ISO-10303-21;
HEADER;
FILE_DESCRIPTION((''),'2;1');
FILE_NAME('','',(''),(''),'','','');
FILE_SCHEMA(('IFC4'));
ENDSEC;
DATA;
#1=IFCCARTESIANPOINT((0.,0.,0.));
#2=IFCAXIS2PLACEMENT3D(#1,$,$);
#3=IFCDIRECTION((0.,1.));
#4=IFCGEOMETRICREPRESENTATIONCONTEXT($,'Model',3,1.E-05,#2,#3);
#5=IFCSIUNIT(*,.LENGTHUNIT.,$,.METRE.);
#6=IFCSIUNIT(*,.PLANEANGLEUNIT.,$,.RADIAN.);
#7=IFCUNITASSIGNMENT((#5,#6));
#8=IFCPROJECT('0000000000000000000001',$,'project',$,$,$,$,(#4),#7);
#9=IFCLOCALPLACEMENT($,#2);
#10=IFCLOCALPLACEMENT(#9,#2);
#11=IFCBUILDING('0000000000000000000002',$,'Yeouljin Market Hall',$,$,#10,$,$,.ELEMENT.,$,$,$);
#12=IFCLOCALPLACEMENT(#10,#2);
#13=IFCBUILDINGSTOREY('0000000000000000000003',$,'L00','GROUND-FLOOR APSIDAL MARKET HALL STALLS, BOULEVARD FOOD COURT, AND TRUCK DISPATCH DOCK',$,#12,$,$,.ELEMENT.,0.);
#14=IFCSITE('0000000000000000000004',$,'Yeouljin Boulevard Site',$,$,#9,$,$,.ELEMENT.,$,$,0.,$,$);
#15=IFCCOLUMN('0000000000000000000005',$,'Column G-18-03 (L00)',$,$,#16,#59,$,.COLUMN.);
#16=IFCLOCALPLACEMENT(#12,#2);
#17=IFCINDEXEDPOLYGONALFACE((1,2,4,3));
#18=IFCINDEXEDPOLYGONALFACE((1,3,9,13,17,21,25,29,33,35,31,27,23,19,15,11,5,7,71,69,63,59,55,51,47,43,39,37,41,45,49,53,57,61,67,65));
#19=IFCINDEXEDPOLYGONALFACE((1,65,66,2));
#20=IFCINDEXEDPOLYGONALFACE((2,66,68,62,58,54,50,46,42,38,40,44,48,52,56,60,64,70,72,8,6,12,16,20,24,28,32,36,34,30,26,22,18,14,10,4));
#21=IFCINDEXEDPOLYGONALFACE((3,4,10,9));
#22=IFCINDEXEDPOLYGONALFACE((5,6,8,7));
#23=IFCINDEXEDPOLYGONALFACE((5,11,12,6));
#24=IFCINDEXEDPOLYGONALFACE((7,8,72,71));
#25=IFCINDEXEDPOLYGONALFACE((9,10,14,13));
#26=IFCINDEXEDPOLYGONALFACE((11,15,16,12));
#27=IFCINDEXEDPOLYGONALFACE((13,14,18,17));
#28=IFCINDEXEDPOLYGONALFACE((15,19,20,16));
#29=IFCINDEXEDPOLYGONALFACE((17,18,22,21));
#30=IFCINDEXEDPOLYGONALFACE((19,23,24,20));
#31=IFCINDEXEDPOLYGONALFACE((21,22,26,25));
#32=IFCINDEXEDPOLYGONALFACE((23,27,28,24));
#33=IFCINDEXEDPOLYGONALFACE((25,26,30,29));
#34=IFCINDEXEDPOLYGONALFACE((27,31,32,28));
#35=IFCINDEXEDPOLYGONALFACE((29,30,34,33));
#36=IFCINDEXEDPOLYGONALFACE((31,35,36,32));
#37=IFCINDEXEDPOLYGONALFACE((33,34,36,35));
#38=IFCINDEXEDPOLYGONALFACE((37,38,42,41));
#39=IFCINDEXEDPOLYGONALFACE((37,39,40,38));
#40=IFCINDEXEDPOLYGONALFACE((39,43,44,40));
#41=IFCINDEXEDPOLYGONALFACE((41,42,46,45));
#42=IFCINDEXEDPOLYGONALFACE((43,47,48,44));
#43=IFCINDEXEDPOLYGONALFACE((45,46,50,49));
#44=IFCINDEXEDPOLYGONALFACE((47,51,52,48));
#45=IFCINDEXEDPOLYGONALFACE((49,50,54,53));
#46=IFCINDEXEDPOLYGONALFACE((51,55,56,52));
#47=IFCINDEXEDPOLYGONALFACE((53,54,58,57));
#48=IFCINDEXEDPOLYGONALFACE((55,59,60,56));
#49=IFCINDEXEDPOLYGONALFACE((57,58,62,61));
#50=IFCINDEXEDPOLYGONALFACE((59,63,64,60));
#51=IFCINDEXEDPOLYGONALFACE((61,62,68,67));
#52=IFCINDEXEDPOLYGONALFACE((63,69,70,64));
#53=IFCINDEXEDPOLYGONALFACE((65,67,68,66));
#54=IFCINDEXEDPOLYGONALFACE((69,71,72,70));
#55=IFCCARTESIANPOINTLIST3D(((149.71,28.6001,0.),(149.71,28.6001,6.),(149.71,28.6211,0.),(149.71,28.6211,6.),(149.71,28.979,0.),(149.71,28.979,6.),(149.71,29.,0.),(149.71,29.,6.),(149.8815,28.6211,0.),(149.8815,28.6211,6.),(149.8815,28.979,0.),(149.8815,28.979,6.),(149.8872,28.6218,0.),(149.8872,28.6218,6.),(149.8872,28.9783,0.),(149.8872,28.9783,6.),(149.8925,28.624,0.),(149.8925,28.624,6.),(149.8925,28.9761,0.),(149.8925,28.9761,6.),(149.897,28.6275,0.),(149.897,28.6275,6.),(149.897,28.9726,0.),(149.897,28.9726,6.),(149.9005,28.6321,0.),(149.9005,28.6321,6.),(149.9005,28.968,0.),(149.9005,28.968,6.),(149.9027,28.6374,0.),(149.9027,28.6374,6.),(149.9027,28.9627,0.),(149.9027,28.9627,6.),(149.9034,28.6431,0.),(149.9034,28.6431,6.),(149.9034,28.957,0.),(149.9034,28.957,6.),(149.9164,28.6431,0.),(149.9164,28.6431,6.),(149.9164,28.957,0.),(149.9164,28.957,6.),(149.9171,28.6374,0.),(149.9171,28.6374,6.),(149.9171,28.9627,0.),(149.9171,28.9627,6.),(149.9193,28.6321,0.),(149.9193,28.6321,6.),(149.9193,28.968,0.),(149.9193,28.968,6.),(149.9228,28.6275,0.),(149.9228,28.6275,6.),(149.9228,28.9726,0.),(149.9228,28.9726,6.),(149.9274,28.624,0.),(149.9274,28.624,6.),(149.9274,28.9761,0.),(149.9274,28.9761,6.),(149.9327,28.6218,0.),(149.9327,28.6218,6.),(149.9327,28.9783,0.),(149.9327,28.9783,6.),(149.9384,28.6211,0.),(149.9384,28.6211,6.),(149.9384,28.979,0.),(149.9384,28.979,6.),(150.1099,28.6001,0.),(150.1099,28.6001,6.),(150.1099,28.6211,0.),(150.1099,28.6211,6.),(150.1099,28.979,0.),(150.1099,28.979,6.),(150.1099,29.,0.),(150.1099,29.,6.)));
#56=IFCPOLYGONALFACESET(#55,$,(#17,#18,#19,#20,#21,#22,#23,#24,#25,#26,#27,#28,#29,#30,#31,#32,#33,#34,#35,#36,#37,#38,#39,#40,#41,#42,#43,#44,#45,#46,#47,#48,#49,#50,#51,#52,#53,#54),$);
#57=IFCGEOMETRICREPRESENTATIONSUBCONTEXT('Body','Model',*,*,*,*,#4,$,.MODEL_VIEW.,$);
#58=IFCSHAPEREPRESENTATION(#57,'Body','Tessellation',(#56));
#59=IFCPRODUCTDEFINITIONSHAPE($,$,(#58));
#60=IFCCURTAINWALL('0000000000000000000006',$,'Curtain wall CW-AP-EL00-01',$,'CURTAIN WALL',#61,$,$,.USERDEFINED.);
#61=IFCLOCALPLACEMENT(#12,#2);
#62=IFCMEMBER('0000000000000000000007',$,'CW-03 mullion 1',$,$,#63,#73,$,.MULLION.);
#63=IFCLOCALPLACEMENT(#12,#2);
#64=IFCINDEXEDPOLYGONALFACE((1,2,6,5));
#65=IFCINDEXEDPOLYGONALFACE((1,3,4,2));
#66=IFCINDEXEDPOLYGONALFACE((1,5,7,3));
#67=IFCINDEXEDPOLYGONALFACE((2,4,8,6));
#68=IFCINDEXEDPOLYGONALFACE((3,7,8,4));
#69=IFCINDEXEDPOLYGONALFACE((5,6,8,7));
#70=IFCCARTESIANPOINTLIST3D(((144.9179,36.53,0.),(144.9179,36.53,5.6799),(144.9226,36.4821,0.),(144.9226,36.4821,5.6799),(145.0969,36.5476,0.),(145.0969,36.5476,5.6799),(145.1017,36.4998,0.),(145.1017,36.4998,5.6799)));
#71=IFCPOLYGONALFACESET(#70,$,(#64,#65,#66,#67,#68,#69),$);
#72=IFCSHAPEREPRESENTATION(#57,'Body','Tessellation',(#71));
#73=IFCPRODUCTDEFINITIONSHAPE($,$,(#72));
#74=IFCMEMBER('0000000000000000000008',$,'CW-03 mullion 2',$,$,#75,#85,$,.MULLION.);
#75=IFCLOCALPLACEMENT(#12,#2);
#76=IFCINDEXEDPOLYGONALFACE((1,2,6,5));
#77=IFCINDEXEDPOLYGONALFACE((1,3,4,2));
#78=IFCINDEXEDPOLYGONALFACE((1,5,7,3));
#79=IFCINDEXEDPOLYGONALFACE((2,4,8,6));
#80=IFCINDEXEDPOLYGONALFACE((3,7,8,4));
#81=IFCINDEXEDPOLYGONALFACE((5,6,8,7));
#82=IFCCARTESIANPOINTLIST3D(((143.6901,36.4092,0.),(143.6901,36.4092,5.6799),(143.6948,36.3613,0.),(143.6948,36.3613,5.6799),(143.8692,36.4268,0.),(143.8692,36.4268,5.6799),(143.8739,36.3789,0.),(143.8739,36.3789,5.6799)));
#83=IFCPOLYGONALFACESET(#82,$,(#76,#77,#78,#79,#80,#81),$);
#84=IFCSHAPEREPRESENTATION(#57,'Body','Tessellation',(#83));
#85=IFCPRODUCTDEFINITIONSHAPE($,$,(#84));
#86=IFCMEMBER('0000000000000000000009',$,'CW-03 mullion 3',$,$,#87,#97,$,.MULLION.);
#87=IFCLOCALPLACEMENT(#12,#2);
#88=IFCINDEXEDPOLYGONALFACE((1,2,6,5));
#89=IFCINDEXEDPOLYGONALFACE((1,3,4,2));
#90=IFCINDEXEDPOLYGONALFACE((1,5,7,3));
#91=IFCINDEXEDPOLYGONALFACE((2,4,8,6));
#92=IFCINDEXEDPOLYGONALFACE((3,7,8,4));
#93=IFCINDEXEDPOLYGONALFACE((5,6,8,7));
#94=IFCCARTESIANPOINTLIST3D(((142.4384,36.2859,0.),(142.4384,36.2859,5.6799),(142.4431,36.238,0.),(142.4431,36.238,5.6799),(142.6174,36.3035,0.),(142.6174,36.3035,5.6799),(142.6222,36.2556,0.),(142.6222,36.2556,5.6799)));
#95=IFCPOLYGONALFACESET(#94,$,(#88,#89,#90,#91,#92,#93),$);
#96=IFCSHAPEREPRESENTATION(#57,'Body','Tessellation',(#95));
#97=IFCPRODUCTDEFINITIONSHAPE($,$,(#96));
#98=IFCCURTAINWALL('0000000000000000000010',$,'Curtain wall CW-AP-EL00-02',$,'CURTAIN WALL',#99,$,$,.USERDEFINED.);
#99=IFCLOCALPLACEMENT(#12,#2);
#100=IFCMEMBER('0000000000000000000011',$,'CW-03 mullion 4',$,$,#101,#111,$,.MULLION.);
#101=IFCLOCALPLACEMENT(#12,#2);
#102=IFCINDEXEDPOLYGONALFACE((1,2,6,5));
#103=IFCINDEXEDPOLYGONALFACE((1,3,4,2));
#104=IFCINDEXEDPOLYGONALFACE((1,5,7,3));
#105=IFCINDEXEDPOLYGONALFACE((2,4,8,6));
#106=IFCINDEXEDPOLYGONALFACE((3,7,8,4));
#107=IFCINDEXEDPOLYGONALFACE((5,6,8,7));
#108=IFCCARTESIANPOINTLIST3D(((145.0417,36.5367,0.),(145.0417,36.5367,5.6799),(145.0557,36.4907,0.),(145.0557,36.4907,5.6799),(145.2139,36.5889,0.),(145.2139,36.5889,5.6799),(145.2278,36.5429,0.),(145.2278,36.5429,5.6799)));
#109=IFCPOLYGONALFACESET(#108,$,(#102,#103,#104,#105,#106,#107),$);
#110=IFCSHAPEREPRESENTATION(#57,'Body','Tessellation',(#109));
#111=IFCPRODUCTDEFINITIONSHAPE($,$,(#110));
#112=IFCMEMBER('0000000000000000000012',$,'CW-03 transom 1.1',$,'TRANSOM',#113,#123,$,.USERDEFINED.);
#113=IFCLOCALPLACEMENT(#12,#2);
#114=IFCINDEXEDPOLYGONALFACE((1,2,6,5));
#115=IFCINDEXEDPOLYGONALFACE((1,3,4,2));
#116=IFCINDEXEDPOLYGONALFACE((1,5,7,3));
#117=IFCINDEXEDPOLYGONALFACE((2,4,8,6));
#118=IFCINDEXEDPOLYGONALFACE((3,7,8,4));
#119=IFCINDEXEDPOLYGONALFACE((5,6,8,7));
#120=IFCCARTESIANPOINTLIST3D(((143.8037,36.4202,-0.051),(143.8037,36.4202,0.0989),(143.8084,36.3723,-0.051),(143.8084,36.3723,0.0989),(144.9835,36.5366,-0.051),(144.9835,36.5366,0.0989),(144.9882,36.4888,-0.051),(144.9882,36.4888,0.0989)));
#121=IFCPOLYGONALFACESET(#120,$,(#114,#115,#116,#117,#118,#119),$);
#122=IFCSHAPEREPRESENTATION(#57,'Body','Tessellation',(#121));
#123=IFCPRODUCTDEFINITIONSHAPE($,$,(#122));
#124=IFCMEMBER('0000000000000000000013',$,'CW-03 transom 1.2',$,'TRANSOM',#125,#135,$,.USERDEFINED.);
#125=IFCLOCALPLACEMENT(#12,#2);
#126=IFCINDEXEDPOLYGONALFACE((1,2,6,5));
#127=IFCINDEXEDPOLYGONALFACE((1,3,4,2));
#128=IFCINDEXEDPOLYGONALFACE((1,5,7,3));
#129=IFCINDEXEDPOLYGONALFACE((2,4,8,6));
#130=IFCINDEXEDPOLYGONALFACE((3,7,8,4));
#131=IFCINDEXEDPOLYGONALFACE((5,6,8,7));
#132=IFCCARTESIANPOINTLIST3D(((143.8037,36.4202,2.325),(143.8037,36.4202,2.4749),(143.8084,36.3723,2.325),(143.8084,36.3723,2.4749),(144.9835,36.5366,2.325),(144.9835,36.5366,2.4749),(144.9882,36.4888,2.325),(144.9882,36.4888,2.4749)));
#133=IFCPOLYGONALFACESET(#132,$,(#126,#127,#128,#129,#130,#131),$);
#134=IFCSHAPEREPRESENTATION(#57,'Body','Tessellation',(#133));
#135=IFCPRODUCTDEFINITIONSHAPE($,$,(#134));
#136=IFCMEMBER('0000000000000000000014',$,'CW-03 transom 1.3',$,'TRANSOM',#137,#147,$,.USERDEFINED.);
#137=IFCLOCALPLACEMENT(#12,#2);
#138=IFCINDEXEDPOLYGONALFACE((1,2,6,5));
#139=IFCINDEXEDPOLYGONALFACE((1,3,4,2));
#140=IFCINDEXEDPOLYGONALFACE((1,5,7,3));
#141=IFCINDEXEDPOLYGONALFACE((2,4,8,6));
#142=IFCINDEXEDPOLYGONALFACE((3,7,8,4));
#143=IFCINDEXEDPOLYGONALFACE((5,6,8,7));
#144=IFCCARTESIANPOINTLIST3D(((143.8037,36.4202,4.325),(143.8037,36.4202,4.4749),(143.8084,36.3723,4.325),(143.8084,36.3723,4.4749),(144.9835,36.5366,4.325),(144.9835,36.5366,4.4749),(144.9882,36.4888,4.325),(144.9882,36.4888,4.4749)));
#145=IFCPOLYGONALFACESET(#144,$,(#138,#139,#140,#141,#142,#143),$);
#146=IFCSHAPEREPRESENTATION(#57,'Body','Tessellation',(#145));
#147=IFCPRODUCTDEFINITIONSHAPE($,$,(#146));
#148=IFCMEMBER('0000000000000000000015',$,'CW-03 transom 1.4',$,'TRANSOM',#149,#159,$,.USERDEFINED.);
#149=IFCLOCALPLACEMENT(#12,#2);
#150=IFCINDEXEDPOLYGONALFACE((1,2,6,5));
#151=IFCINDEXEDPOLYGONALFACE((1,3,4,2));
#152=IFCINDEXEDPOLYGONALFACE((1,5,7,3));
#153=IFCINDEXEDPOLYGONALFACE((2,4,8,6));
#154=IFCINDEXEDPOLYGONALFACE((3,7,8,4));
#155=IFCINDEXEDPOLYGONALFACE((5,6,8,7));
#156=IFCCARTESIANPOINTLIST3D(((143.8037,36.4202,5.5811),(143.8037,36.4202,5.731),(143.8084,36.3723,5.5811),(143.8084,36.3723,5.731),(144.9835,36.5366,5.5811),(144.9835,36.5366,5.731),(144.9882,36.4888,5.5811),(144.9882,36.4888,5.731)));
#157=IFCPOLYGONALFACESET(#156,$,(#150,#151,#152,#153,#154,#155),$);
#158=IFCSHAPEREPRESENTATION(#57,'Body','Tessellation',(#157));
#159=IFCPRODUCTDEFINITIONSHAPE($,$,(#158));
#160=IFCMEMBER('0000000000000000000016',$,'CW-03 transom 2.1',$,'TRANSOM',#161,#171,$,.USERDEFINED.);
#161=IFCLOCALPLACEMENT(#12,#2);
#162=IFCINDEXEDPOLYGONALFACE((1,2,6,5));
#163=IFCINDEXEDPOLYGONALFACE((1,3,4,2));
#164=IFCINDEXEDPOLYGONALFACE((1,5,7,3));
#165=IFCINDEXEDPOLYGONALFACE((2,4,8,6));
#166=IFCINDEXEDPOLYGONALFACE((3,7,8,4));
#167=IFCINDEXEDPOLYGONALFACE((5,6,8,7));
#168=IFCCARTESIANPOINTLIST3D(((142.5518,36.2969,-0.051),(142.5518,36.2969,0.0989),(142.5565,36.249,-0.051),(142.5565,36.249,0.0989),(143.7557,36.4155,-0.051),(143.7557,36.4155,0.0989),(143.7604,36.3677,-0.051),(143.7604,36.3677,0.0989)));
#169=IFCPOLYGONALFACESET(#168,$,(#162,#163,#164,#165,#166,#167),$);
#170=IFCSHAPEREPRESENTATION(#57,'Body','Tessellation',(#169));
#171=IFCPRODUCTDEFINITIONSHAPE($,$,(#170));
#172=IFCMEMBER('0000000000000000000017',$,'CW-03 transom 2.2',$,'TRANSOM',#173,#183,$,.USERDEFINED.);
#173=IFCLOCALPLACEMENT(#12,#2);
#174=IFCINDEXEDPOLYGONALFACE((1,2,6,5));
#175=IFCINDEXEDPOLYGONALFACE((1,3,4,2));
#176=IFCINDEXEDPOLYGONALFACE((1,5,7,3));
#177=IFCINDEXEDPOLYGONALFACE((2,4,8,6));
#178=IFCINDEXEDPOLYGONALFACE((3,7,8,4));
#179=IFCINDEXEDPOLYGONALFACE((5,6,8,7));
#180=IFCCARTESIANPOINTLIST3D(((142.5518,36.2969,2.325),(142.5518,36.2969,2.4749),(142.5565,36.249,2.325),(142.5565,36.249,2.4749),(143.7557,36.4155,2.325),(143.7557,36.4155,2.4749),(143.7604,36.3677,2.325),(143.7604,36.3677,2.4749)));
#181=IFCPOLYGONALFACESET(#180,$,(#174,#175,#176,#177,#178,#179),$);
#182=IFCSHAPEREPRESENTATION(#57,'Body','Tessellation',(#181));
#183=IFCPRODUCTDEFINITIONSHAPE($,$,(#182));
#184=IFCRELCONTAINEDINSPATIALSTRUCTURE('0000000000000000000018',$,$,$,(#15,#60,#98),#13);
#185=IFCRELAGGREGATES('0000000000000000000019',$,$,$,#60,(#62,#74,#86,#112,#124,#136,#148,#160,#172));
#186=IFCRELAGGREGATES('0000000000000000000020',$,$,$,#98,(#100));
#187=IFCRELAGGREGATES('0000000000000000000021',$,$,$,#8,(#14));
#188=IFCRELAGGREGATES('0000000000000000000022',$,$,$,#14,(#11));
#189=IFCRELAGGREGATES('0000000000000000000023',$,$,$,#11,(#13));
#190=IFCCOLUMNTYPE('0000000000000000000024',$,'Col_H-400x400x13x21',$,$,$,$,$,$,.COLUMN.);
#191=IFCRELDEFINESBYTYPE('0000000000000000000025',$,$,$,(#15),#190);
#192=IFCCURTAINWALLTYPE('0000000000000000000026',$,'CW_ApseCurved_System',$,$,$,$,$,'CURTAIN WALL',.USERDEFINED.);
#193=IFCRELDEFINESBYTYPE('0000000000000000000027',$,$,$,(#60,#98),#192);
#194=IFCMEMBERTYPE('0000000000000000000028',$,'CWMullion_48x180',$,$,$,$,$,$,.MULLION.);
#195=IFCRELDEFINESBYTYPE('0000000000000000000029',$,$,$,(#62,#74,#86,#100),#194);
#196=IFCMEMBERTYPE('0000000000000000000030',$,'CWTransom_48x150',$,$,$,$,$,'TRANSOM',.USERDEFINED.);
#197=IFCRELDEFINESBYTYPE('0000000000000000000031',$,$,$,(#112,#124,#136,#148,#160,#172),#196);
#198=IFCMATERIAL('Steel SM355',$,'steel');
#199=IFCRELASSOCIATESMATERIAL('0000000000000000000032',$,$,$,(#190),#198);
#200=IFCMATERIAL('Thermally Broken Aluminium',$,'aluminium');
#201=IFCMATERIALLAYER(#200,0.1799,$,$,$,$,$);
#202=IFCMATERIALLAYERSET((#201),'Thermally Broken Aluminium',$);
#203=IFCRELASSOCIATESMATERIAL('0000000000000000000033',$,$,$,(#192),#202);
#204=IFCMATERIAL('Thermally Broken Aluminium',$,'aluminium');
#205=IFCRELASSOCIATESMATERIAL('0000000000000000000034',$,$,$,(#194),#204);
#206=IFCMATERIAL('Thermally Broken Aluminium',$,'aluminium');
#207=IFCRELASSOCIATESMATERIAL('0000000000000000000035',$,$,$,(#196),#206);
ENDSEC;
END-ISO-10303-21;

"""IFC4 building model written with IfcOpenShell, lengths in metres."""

from ifc_helpers import new_model, si_unit, direction, frame, origin, origin_2d, place, context, subcontext, project, spatial, rectangle, i_section, extrude, material, layer, layer_set, material_profile, profile_set, type_object, element, aggregate, save


model = new_model("IFC4")

# Units and contexts
model_context = context("Model", 3, precision=1e-05, world=origin(), true_north=direction((0.0, 1.0)))
body_context = subcontext(model_context, "Body", "Model", "MODEL_VIEW")
ifc_project = project(units=[si_unit("LENGTHUNIT", "METRE"), si_unit("PLANEANGLEUNIT", "RADIAN")], contexts=[model_context])

# Site, building, storey
site_placement = place(None, origin())
site = spatial("IfcSite", under=ifc_project, at=site_placement, Name="Yeouljin Boulevard Site", CompositionType="ELEMENT", RefElevation=0.0)
building_placement = place(site_placement, origin())
building = spatial("IfcBuilding", under=site, at=building_placement, Name="Yeouljin Market Hall", CompositionType="ELEMENT")
storey_placement = place(building_placement, origin())
storey = spatial("IfcBuildingStorey", under=building, at=storey_placement, Name="L00", Description="GROUND-FLOOR APSIDAL MARKET HALL STALLS, BOULEVARD FOOD COURT, AND TRUCK DISPATCH DOCK", CompositionType="ELEMENT", Elevation=0.0)

# Column
ifc_material_1 = material(Name="Steel SM355", Category="steel")
ifc_material_profile_1 = material_profile(ifc_material_1, i_section(OverallWidth=0.3999, OverallDepth=0.3999, WebThickness=0.0129, FlangeThickness=0.021, FilletRadius=0.022, at=origin_2d()), Name="H-400x400x13x21")
ifc_profile_set_1 = profile_set([ifc_material_profile_1], Name="Steel SM355")
column_type = type_object("IfcColumnType", Name="Col_H-400x400x13x21", PredefinedType="COLUMN", material=ifc_profile_set_1)
column_placement = place(storey_placement, frame((149.9099, 28.8, 0.0), z_axis=(0.0, 0.0, 1.0), x_axis=(1.0, 0.0, 0.0)))
element("IfcColumn", 1, at=column_placement, inside=storey, type_object=column_type, Name="Column G-18-03 (L00)", PredefinedType="COLUMN", context=body_context, shape_type="SweptSolid", body=[
    extrude(i_section(OverallWidth=0.3999, OverallDepth=0.3999, WebThickness=0.0129, FlangeThickness=0.021, FilletRadius=0.022, at=origin_2d()), origin(), (0.0, 0.0, 1.0), 6.0),
])

# Curtain wall, members
ifc_material_2 = material(Name="Thermally Broken Aluminium", Category="aluminium")
ifc_layer_1 = layer(ifc_material_2, 0.1799)
ifc_layer_set_1 = layer_set([ifc_layer_1], Name="Thermally Broken Aluminium")
curtain_wall_type = type_object("IfcCurtainWallType", Name="CW_ApseCurved_System", ElementType="CURTAIN WALL", PredefinedType="USERDEFINED", material=ifc_layer_set_1)
curtain_wall_1_placement = place(storey_placement, origin())
curtain_wall_1 = element("IfcCurtainWall", 2, at=curtain_wall_1_placement, inside=storey, type_object=curtain_wall_type, Name="Curtain wall CW-AP-EL00-01", ObjectType="CURTAIN WALL", PredefinedType="USERDEFINED")
ifc_material_3 = material(Name="Thermally Broken Aluminium", Category="aluminium")
ifc_material_profile_2 = material_profile(ifc_material_3, rectangle(XDim=0.0481, YDim=0.1799, at=origin_2d()), Name="CW-MULL-48x180")
ifc_profile_set_2 = profile_set([ifc_material_profile_2], Name="Thermally Broken Aluminium")
member_type_1 = type_object("IfcMemberType", Name="CWMullion_48x180", PredefinedType="MULLION", material=ifc_profile_set_2)
member_1_placement = place(storey_placement, frame((145.0098, 36.5149, 0.0), z_axis=(0.0, 0.0, 1.0), x_axis=(0.098034, -0.995183, 0.0)))
member_1 = element("IfcMember", 3, at=member_1_placement, type_object=member_type_1, Name="CW-03 mullion 1", PredefinedType="MULLION", context=body_context, shape_type="SweptSolid", body=[
    extrude(rectangle(XDim=0.0481, YDim=0.1799, at=origin_2d()), origin(), (0.0, 0.0, 1.0), 5.6799),
])
member_2_placement = place(storey_placement, frame((143.782, 36.394, 0.0), z_axis=(0.0, 0.0, 1.0), x_axis=(0.098034, -0.995183, 0.0)))
member_2 = element("IfcMember", 4, at=member_2_placement, type_object=member_type_1, Name="CW-03 mullion 2", PredefinedType="MULLION", context=body_context, shape_type="SweptSolid", body=[
    extrude(rectangle(XDim=0.0481, YDim=0.1799, at=origin_2d()), origin(), (0.0, 0.0, 1.0), 5.6799),
])
member_3_placement = place(storey_placement, frame((142.5303, 36.2708, 0.0), z_axis=(0.0, 0.0, 1.0), x_axis=(0.098034, -0.995183, 0.0)))
member_3 = element("IfcMember", 5, at=member_3_placement, type_object=member_type_1, Name="CW-03 mullion 3", PredefinedType="MULLION", context=body_context, shape_type="SweptSolid", body=[
    extrude(rectangle(XDim=0.0481, YDim=0.1799, at=origin_2d()), origin(), (0.0, 0.0, 1.0), 5.6799),
])

# Curtain wall, member
curtain_wall_2_placement = place(storey_placement, origin())
curtain_wall_2 = element("IfcCurtainWall", 6, at=curtain_wall_2_placement, inside=storey, type_object=curtain_wall_type, Name="Curtain wall CW-AP-EL00-02", ObjectType="CURTAIN WALL", PredefinedType="USERDEFINED")
member_4_placement = place(storey_placement, frame((145.1348, 36.5398, 0.0), z_axis=(0.0, 0.0, 1.0), x_axis=(0.290286, -0.95694, 0.0)))
member_4 = element("IfcMember", 7, at=member_4_placement, type_object=member_type_1, Name="CW-03 mullion 4", PredefinedType="MULLION", context=body_context, shape_type="SweptSolid", body=[
    extrude(rectangle(XDim=0.0481, YDim=0.1799, at=origin_2d()), origin(), (0.0, 0.0, 1.0), 5.6799),
])

# Members
ifc_material_4 = material(Name="Thermally Broken Aluminium", Category="aluminium")
ifc_material_profile_3 = material_profile(ifc_material_4, rectangle(XDim=0.0481, YDim=0.1499, at=origin_2d()), Name="CW-TRAN-48x150")
ifc_profile_set_3 = profile_set([ifc_material_profile_3], Name="Thermally Broken Aluminium")
member_type_2 = type_object("IfcMemberType", Name="CWTransom_48x150", ElementType="TRANSOM", PredefinedType="USERDEFINED", material=ifc_profile_set_3)
member_5_placement = place(storey_placement, frame((144.9858, 36.5127, 0.0239), z_axis=(-0.995165, -0.098219, 0.0), x_axis=(0.098219, -0.995165, 0.0)))
member_5 = element("IfcMember", 8, at=member_5_placement, type_object=member_type_2, Name="CW-03 transom 1.1", ObjectType="TRANSOM", PredefinedType="USERDEFINED", context=body_context, shape_type="SweptSolid", body=[
    extrude(rectangle(XDim=0.0481, YDim=0.1499, at=origin_2d()), origin(), (0.0, 0.0, 1.0), 1.1855),
])
member_6_placement = place(storey_placement, frame((144.9858, 36.5127, 2.3999), z_axis=(-0.995165, -0.098219, 0.0), x_axis=(0.098219, -0.995165, 0.0)))
member_6 = element("IfcMember", 9, at=member_6_placement, type_object=member_type_2, Name="CW-03 transom 1.2", ObjectType="TRANSOM", PredefinedType="USERDEFINED", context=body_context, shape_type="SweptSolid", body=[
    extrude(rectangle(XDim=0.0481, YDim=0.1499, at=origin_2d()), origin(), (0.0, 0.0, 1.0), 1.1855),
])
member_7_placement = place(storey_placement, frame((144.9858, 36.5127, 4.3999), z_axis=(-0.995165, -0.098219, 0.0), x_axis=(0.098219, -0.995165, 0.0)))
member_7 = element("IfcMember", 10, at=member_7_placement, type_object=member_type_2, Name="CW-03 transom 1.3", ObjectType="TRANSOM", PredefinedType="USERDEFINED", context=body_context, shape_type="SweptSolid", body=[
    extrude(rectangle(XDim=0.0481, YDim=0.1499, at=origin_2d()), origin(), (0.0, 0.0, 1.0), 1.1855),
])
member_8_placement = place(storey_placement, frame((144.9858, 36.5127, 5.656), z_axis=(-0.995165, -0.098219, 0.0), x_axis=(0.098219, -0.995165, 0.0)))
member_8 = element("IfcMember", 11, at=member_8_placement, type_object=member_type_2, Name="CW-03 transom 1.4", ObjectType="TRANSOM", PredefinedType="USERDEFINED", context=body_context, shape_type="SweptSolid", body=[
    extrude(rectangle(XDim=0.0481, YDim=0.1499, at=origin_2d()), origin(), (0.0, 0.0, 1.0), 1.1855),
])
member_9_placement = place(storey_placement, frame((143.7581, 36.3916, 0.0239), z_axis=(-0.995178, -0.098085, 0.0), x_axis=(0.098085, -0.995178, 0.0)))
member_9 = element("IfcMember", 12, at=member_9_placement, type_object=member_type_2, Name="CW-03 transom 2.1", ObjectType="TRANSOM", PredefinedType="USERDEFINED", context=body_context, shape_type="SweptSolid", body=[
    extrude(rectangle(XDim=0.0481, YDim=0.1499, at=origin_2d()), origin(), (0.0, 0.0, 1.0), 1.2097),
])
member_10_placement = place(storey_placement, frame((143.7581, 36.3916, 2.3999), z_axis=(-0.995178, -0.098085, 0.0), x_axis=(0.098085, -0.995178, 0.0)))
member_10 = element("IfcMember", 13, at=member_10_placement, type_object=member_type_2, Name="CW-03 transom 2.2", ObjectType="TRANSOM", PredefinedType="USERDEFINED", context=body_context, shape_type="SweptSolid", body=[
    extrude(rectangle(XDim=0.0481, YDim=0.1499, at=origin_2d()), origin(), (0.0, 0.0, 1.0), 1.2097),
])

aggregate(curtain_wall_1, [member_1, member_2, member_3, member_5, member_6, member_7, member_8, member_9, member_10])
aggregate(curtain_wall_2, [member_4])

save(model, "model.ifc")
